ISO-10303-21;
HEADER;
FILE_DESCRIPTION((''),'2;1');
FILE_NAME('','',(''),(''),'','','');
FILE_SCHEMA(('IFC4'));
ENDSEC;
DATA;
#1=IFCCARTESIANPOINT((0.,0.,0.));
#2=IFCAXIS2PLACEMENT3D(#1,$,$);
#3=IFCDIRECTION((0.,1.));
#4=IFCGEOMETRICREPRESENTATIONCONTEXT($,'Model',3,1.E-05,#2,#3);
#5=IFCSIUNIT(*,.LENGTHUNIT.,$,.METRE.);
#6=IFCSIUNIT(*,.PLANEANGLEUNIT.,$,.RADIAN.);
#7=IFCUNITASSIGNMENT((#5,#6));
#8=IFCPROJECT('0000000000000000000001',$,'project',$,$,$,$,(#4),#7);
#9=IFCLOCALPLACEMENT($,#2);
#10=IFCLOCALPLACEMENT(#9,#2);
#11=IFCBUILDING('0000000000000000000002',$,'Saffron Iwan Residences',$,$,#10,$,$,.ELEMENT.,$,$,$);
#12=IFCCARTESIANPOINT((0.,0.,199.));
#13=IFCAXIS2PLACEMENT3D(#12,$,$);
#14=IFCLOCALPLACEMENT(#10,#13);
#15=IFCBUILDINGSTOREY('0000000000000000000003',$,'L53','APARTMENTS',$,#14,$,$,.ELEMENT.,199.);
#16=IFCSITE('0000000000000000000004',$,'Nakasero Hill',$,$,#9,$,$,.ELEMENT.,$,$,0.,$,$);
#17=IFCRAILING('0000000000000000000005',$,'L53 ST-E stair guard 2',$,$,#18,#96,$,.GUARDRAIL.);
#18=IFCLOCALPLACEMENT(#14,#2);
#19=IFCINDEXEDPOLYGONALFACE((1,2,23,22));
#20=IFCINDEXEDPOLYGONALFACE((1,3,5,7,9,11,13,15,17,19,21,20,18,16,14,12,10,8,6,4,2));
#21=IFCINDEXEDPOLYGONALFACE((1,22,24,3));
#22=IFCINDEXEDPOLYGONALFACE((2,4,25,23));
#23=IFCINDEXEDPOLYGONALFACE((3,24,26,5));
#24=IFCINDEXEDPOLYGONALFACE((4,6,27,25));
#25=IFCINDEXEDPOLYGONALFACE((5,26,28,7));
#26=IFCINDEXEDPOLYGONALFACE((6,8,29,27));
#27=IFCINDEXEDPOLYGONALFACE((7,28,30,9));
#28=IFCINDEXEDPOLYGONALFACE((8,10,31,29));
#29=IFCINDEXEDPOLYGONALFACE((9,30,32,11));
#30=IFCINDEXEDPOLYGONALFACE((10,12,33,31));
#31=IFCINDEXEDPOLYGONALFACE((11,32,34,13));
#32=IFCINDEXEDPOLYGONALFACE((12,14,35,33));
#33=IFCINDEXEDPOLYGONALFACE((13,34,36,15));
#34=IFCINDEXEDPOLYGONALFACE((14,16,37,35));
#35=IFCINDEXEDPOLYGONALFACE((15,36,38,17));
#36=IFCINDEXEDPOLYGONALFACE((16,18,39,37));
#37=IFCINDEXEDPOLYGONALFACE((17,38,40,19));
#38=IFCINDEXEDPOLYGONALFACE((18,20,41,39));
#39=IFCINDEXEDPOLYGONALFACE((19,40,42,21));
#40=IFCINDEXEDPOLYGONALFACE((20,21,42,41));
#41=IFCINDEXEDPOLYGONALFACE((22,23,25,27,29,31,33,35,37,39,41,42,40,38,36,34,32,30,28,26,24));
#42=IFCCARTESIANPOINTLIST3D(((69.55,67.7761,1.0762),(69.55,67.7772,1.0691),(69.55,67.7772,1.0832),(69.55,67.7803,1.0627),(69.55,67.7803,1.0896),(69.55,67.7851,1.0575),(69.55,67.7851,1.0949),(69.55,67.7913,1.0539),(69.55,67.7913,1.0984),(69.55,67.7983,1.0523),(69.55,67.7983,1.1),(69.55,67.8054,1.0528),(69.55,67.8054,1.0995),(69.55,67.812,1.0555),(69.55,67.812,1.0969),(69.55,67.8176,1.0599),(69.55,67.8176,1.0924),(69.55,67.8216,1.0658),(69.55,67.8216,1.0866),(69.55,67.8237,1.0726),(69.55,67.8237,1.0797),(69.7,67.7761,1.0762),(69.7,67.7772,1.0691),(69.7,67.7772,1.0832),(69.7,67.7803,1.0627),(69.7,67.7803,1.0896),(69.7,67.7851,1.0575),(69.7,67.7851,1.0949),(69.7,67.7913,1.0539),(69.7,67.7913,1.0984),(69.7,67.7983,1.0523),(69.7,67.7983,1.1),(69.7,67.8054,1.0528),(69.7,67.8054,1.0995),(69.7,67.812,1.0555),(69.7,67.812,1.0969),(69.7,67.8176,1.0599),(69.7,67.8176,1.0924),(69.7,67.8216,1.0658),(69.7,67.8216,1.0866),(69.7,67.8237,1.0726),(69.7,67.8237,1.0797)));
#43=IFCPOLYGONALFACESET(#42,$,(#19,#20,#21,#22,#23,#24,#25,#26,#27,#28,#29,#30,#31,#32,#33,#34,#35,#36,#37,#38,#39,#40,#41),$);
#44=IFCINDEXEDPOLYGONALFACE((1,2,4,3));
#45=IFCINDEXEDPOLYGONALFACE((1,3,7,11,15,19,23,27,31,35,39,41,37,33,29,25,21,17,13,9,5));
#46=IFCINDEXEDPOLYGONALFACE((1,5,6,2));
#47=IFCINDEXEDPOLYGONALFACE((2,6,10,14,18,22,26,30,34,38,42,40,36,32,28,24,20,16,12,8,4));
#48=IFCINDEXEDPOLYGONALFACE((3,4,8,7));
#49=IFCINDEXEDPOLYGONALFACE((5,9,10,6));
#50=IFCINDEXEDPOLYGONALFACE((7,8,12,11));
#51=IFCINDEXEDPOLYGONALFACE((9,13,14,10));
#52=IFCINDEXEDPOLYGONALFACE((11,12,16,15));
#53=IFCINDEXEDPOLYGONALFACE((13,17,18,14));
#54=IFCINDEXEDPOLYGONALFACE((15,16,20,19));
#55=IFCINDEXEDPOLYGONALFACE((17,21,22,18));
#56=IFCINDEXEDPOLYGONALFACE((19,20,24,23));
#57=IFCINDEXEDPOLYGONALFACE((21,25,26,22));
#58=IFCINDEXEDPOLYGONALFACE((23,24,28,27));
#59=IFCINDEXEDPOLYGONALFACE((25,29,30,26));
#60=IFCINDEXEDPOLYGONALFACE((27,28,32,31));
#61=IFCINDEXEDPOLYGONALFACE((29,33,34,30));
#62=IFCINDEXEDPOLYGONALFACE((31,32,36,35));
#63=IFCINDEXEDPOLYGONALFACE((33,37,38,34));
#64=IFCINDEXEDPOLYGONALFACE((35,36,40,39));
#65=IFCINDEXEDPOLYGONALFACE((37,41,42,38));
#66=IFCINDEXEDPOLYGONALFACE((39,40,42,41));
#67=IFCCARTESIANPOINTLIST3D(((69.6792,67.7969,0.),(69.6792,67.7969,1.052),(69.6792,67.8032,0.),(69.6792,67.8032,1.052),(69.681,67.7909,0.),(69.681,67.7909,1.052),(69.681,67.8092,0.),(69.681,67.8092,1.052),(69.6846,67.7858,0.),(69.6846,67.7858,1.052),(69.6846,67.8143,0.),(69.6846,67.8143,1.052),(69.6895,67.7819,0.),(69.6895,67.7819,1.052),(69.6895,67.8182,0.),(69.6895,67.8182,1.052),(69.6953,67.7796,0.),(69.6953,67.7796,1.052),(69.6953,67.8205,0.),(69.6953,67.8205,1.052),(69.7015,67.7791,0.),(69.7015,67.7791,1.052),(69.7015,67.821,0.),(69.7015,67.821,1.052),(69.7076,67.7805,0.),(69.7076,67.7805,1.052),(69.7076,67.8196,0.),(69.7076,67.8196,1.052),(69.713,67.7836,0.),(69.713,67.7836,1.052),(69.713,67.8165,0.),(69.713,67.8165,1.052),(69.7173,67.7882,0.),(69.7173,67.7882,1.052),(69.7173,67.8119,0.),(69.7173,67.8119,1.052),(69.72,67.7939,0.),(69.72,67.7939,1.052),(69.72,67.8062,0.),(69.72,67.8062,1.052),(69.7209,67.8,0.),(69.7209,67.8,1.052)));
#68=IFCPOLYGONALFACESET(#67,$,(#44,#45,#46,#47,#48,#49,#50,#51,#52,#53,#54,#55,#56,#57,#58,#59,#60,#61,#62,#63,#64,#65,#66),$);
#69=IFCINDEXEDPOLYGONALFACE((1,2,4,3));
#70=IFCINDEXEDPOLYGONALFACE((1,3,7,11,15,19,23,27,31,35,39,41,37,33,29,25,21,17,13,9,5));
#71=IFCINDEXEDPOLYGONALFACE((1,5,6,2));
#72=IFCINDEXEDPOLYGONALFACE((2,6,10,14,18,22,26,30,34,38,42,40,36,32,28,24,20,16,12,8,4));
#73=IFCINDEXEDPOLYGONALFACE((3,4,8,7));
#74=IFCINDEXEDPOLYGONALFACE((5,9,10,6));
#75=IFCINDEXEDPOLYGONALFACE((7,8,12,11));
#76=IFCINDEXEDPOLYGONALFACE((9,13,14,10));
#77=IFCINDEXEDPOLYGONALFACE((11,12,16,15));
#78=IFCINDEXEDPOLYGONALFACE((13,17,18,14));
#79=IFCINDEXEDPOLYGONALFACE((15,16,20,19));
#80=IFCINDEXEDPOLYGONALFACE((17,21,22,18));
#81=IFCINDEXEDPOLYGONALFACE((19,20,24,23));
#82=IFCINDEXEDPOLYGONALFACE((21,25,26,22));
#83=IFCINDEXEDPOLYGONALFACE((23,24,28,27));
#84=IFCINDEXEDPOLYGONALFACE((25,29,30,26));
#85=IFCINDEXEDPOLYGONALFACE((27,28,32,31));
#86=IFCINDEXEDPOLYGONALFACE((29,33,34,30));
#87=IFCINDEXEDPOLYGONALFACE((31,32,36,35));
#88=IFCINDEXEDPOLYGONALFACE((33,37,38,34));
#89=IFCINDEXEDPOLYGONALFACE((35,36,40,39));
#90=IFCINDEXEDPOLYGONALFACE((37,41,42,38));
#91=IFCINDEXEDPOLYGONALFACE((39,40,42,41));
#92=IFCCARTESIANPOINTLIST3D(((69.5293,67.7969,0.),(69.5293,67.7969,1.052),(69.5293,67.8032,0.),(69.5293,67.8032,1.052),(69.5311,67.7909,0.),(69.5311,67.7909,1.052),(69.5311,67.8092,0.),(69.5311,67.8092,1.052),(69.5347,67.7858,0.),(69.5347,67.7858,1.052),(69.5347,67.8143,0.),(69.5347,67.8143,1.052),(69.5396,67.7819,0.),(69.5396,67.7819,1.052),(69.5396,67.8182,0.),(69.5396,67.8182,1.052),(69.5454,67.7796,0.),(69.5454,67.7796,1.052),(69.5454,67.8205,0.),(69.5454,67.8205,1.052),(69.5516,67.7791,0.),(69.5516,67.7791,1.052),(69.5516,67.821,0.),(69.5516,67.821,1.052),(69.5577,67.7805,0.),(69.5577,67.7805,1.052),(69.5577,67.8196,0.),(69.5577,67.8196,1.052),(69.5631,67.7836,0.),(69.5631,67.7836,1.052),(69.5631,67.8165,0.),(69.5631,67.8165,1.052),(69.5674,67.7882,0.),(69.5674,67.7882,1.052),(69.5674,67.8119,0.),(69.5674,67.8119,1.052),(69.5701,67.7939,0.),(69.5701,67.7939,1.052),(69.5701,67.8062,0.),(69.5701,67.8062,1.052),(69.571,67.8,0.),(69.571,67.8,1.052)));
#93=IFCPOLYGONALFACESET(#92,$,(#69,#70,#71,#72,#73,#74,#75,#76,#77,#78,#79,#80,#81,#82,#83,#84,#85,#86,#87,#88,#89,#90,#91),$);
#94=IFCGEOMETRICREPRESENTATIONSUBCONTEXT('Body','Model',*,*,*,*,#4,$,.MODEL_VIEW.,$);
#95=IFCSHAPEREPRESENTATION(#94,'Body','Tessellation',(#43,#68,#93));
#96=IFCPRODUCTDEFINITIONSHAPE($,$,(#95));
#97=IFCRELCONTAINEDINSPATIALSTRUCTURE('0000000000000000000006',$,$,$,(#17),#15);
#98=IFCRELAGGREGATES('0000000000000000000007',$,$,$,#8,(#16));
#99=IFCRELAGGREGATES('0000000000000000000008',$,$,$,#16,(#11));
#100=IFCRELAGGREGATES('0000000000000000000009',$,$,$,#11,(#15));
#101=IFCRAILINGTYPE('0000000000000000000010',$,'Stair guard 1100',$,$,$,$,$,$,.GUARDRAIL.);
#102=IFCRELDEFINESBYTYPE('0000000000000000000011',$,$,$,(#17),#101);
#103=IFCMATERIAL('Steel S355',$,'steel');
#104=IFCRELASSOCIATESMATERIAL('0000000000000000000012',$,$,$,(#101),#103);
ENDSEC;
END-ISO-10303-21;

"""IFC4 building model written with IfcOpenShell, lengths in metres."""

from ifc_helpers import new_model, si_unit, direction, frame, origin, origin_2d, place, context, subcontext, project, spatial, circle, extrude, material, type_object, element, save


model = new_model("IFC4")

# Units and contexts
model_context = context("Model", 3, precision=1e-05, world=origin(), true_north=direction((0.0, 1.0)))
body_context = subcontext(model_context, "Body", "Model", "MODEL_VIEW")
ifc_project = project(units=[si_unit("LENGTHUNIT", "METRE"), si_unit("PLANEANGLEUNIT", "RADIAN")], contexts=[model_context])

# Site, building, storey
site_placement = place(None, origin())
site = spatial("IfcSite", under=ifc_project, at=site_placement, Name="Nakasero Hill", CompositionType="ELEMENT", RefElevation=0.0)
building_placement = place(site_placement, origin())
building = spatial("IfcBuilding", under=site, at=building_placement, Name="Saffron Iwan Residences", CompositionType="ELEMENT")
storey_placement = place(building_placement, frame((0.0, 0.0, 199.0)))
storey = spatial("IfcBuildingStorey", under=building, at=storey_placement, Name="L53", Description="APARTMENTS", CompositionType="ELEMENT", Elevation=199.0)

# Railing
ifc_material_1 = material(Name="Steel S355", Category="steel")
railing_type_1 = type_object("IfcRailingType", Name="Stair guard 1100", PredefinedType="GUARDRAIL", material=ifc_material_1)
railing_1_placement = place(storey_placement, frame((69.7, 67.8, 0.0)))
element("IfcRailing", 1, at=railing_1_placement, inside=storey, type_object=railing_type_1, Name="L53 ST-E stair guard 2", PredefinedType="GUARDRAIL", context=body_context, shape_type="SweptSolid", body=[
    extrude(circle(Radius=0.0239, at=origin_2d()), frame((0.0, 0.0, 1.0762), z_axis=(-1.0, 0.0, 0.0), x_axis=(0.0, -1.0, 0.0)), (0.0, 0.0, 1.0), 0.1499),
    extrude(circle(Radius=0.021, at=origin_2d()), origin(), (0.0, 0.0, 1.0), 1.052),
    extrude(circle(Radius=0.021, at=origin_2d()), frame((-0.1499, 0.0, 0.0)), (0.0, 0.0, 1.0), 1.052),
])

save(model, "model.ifc")
